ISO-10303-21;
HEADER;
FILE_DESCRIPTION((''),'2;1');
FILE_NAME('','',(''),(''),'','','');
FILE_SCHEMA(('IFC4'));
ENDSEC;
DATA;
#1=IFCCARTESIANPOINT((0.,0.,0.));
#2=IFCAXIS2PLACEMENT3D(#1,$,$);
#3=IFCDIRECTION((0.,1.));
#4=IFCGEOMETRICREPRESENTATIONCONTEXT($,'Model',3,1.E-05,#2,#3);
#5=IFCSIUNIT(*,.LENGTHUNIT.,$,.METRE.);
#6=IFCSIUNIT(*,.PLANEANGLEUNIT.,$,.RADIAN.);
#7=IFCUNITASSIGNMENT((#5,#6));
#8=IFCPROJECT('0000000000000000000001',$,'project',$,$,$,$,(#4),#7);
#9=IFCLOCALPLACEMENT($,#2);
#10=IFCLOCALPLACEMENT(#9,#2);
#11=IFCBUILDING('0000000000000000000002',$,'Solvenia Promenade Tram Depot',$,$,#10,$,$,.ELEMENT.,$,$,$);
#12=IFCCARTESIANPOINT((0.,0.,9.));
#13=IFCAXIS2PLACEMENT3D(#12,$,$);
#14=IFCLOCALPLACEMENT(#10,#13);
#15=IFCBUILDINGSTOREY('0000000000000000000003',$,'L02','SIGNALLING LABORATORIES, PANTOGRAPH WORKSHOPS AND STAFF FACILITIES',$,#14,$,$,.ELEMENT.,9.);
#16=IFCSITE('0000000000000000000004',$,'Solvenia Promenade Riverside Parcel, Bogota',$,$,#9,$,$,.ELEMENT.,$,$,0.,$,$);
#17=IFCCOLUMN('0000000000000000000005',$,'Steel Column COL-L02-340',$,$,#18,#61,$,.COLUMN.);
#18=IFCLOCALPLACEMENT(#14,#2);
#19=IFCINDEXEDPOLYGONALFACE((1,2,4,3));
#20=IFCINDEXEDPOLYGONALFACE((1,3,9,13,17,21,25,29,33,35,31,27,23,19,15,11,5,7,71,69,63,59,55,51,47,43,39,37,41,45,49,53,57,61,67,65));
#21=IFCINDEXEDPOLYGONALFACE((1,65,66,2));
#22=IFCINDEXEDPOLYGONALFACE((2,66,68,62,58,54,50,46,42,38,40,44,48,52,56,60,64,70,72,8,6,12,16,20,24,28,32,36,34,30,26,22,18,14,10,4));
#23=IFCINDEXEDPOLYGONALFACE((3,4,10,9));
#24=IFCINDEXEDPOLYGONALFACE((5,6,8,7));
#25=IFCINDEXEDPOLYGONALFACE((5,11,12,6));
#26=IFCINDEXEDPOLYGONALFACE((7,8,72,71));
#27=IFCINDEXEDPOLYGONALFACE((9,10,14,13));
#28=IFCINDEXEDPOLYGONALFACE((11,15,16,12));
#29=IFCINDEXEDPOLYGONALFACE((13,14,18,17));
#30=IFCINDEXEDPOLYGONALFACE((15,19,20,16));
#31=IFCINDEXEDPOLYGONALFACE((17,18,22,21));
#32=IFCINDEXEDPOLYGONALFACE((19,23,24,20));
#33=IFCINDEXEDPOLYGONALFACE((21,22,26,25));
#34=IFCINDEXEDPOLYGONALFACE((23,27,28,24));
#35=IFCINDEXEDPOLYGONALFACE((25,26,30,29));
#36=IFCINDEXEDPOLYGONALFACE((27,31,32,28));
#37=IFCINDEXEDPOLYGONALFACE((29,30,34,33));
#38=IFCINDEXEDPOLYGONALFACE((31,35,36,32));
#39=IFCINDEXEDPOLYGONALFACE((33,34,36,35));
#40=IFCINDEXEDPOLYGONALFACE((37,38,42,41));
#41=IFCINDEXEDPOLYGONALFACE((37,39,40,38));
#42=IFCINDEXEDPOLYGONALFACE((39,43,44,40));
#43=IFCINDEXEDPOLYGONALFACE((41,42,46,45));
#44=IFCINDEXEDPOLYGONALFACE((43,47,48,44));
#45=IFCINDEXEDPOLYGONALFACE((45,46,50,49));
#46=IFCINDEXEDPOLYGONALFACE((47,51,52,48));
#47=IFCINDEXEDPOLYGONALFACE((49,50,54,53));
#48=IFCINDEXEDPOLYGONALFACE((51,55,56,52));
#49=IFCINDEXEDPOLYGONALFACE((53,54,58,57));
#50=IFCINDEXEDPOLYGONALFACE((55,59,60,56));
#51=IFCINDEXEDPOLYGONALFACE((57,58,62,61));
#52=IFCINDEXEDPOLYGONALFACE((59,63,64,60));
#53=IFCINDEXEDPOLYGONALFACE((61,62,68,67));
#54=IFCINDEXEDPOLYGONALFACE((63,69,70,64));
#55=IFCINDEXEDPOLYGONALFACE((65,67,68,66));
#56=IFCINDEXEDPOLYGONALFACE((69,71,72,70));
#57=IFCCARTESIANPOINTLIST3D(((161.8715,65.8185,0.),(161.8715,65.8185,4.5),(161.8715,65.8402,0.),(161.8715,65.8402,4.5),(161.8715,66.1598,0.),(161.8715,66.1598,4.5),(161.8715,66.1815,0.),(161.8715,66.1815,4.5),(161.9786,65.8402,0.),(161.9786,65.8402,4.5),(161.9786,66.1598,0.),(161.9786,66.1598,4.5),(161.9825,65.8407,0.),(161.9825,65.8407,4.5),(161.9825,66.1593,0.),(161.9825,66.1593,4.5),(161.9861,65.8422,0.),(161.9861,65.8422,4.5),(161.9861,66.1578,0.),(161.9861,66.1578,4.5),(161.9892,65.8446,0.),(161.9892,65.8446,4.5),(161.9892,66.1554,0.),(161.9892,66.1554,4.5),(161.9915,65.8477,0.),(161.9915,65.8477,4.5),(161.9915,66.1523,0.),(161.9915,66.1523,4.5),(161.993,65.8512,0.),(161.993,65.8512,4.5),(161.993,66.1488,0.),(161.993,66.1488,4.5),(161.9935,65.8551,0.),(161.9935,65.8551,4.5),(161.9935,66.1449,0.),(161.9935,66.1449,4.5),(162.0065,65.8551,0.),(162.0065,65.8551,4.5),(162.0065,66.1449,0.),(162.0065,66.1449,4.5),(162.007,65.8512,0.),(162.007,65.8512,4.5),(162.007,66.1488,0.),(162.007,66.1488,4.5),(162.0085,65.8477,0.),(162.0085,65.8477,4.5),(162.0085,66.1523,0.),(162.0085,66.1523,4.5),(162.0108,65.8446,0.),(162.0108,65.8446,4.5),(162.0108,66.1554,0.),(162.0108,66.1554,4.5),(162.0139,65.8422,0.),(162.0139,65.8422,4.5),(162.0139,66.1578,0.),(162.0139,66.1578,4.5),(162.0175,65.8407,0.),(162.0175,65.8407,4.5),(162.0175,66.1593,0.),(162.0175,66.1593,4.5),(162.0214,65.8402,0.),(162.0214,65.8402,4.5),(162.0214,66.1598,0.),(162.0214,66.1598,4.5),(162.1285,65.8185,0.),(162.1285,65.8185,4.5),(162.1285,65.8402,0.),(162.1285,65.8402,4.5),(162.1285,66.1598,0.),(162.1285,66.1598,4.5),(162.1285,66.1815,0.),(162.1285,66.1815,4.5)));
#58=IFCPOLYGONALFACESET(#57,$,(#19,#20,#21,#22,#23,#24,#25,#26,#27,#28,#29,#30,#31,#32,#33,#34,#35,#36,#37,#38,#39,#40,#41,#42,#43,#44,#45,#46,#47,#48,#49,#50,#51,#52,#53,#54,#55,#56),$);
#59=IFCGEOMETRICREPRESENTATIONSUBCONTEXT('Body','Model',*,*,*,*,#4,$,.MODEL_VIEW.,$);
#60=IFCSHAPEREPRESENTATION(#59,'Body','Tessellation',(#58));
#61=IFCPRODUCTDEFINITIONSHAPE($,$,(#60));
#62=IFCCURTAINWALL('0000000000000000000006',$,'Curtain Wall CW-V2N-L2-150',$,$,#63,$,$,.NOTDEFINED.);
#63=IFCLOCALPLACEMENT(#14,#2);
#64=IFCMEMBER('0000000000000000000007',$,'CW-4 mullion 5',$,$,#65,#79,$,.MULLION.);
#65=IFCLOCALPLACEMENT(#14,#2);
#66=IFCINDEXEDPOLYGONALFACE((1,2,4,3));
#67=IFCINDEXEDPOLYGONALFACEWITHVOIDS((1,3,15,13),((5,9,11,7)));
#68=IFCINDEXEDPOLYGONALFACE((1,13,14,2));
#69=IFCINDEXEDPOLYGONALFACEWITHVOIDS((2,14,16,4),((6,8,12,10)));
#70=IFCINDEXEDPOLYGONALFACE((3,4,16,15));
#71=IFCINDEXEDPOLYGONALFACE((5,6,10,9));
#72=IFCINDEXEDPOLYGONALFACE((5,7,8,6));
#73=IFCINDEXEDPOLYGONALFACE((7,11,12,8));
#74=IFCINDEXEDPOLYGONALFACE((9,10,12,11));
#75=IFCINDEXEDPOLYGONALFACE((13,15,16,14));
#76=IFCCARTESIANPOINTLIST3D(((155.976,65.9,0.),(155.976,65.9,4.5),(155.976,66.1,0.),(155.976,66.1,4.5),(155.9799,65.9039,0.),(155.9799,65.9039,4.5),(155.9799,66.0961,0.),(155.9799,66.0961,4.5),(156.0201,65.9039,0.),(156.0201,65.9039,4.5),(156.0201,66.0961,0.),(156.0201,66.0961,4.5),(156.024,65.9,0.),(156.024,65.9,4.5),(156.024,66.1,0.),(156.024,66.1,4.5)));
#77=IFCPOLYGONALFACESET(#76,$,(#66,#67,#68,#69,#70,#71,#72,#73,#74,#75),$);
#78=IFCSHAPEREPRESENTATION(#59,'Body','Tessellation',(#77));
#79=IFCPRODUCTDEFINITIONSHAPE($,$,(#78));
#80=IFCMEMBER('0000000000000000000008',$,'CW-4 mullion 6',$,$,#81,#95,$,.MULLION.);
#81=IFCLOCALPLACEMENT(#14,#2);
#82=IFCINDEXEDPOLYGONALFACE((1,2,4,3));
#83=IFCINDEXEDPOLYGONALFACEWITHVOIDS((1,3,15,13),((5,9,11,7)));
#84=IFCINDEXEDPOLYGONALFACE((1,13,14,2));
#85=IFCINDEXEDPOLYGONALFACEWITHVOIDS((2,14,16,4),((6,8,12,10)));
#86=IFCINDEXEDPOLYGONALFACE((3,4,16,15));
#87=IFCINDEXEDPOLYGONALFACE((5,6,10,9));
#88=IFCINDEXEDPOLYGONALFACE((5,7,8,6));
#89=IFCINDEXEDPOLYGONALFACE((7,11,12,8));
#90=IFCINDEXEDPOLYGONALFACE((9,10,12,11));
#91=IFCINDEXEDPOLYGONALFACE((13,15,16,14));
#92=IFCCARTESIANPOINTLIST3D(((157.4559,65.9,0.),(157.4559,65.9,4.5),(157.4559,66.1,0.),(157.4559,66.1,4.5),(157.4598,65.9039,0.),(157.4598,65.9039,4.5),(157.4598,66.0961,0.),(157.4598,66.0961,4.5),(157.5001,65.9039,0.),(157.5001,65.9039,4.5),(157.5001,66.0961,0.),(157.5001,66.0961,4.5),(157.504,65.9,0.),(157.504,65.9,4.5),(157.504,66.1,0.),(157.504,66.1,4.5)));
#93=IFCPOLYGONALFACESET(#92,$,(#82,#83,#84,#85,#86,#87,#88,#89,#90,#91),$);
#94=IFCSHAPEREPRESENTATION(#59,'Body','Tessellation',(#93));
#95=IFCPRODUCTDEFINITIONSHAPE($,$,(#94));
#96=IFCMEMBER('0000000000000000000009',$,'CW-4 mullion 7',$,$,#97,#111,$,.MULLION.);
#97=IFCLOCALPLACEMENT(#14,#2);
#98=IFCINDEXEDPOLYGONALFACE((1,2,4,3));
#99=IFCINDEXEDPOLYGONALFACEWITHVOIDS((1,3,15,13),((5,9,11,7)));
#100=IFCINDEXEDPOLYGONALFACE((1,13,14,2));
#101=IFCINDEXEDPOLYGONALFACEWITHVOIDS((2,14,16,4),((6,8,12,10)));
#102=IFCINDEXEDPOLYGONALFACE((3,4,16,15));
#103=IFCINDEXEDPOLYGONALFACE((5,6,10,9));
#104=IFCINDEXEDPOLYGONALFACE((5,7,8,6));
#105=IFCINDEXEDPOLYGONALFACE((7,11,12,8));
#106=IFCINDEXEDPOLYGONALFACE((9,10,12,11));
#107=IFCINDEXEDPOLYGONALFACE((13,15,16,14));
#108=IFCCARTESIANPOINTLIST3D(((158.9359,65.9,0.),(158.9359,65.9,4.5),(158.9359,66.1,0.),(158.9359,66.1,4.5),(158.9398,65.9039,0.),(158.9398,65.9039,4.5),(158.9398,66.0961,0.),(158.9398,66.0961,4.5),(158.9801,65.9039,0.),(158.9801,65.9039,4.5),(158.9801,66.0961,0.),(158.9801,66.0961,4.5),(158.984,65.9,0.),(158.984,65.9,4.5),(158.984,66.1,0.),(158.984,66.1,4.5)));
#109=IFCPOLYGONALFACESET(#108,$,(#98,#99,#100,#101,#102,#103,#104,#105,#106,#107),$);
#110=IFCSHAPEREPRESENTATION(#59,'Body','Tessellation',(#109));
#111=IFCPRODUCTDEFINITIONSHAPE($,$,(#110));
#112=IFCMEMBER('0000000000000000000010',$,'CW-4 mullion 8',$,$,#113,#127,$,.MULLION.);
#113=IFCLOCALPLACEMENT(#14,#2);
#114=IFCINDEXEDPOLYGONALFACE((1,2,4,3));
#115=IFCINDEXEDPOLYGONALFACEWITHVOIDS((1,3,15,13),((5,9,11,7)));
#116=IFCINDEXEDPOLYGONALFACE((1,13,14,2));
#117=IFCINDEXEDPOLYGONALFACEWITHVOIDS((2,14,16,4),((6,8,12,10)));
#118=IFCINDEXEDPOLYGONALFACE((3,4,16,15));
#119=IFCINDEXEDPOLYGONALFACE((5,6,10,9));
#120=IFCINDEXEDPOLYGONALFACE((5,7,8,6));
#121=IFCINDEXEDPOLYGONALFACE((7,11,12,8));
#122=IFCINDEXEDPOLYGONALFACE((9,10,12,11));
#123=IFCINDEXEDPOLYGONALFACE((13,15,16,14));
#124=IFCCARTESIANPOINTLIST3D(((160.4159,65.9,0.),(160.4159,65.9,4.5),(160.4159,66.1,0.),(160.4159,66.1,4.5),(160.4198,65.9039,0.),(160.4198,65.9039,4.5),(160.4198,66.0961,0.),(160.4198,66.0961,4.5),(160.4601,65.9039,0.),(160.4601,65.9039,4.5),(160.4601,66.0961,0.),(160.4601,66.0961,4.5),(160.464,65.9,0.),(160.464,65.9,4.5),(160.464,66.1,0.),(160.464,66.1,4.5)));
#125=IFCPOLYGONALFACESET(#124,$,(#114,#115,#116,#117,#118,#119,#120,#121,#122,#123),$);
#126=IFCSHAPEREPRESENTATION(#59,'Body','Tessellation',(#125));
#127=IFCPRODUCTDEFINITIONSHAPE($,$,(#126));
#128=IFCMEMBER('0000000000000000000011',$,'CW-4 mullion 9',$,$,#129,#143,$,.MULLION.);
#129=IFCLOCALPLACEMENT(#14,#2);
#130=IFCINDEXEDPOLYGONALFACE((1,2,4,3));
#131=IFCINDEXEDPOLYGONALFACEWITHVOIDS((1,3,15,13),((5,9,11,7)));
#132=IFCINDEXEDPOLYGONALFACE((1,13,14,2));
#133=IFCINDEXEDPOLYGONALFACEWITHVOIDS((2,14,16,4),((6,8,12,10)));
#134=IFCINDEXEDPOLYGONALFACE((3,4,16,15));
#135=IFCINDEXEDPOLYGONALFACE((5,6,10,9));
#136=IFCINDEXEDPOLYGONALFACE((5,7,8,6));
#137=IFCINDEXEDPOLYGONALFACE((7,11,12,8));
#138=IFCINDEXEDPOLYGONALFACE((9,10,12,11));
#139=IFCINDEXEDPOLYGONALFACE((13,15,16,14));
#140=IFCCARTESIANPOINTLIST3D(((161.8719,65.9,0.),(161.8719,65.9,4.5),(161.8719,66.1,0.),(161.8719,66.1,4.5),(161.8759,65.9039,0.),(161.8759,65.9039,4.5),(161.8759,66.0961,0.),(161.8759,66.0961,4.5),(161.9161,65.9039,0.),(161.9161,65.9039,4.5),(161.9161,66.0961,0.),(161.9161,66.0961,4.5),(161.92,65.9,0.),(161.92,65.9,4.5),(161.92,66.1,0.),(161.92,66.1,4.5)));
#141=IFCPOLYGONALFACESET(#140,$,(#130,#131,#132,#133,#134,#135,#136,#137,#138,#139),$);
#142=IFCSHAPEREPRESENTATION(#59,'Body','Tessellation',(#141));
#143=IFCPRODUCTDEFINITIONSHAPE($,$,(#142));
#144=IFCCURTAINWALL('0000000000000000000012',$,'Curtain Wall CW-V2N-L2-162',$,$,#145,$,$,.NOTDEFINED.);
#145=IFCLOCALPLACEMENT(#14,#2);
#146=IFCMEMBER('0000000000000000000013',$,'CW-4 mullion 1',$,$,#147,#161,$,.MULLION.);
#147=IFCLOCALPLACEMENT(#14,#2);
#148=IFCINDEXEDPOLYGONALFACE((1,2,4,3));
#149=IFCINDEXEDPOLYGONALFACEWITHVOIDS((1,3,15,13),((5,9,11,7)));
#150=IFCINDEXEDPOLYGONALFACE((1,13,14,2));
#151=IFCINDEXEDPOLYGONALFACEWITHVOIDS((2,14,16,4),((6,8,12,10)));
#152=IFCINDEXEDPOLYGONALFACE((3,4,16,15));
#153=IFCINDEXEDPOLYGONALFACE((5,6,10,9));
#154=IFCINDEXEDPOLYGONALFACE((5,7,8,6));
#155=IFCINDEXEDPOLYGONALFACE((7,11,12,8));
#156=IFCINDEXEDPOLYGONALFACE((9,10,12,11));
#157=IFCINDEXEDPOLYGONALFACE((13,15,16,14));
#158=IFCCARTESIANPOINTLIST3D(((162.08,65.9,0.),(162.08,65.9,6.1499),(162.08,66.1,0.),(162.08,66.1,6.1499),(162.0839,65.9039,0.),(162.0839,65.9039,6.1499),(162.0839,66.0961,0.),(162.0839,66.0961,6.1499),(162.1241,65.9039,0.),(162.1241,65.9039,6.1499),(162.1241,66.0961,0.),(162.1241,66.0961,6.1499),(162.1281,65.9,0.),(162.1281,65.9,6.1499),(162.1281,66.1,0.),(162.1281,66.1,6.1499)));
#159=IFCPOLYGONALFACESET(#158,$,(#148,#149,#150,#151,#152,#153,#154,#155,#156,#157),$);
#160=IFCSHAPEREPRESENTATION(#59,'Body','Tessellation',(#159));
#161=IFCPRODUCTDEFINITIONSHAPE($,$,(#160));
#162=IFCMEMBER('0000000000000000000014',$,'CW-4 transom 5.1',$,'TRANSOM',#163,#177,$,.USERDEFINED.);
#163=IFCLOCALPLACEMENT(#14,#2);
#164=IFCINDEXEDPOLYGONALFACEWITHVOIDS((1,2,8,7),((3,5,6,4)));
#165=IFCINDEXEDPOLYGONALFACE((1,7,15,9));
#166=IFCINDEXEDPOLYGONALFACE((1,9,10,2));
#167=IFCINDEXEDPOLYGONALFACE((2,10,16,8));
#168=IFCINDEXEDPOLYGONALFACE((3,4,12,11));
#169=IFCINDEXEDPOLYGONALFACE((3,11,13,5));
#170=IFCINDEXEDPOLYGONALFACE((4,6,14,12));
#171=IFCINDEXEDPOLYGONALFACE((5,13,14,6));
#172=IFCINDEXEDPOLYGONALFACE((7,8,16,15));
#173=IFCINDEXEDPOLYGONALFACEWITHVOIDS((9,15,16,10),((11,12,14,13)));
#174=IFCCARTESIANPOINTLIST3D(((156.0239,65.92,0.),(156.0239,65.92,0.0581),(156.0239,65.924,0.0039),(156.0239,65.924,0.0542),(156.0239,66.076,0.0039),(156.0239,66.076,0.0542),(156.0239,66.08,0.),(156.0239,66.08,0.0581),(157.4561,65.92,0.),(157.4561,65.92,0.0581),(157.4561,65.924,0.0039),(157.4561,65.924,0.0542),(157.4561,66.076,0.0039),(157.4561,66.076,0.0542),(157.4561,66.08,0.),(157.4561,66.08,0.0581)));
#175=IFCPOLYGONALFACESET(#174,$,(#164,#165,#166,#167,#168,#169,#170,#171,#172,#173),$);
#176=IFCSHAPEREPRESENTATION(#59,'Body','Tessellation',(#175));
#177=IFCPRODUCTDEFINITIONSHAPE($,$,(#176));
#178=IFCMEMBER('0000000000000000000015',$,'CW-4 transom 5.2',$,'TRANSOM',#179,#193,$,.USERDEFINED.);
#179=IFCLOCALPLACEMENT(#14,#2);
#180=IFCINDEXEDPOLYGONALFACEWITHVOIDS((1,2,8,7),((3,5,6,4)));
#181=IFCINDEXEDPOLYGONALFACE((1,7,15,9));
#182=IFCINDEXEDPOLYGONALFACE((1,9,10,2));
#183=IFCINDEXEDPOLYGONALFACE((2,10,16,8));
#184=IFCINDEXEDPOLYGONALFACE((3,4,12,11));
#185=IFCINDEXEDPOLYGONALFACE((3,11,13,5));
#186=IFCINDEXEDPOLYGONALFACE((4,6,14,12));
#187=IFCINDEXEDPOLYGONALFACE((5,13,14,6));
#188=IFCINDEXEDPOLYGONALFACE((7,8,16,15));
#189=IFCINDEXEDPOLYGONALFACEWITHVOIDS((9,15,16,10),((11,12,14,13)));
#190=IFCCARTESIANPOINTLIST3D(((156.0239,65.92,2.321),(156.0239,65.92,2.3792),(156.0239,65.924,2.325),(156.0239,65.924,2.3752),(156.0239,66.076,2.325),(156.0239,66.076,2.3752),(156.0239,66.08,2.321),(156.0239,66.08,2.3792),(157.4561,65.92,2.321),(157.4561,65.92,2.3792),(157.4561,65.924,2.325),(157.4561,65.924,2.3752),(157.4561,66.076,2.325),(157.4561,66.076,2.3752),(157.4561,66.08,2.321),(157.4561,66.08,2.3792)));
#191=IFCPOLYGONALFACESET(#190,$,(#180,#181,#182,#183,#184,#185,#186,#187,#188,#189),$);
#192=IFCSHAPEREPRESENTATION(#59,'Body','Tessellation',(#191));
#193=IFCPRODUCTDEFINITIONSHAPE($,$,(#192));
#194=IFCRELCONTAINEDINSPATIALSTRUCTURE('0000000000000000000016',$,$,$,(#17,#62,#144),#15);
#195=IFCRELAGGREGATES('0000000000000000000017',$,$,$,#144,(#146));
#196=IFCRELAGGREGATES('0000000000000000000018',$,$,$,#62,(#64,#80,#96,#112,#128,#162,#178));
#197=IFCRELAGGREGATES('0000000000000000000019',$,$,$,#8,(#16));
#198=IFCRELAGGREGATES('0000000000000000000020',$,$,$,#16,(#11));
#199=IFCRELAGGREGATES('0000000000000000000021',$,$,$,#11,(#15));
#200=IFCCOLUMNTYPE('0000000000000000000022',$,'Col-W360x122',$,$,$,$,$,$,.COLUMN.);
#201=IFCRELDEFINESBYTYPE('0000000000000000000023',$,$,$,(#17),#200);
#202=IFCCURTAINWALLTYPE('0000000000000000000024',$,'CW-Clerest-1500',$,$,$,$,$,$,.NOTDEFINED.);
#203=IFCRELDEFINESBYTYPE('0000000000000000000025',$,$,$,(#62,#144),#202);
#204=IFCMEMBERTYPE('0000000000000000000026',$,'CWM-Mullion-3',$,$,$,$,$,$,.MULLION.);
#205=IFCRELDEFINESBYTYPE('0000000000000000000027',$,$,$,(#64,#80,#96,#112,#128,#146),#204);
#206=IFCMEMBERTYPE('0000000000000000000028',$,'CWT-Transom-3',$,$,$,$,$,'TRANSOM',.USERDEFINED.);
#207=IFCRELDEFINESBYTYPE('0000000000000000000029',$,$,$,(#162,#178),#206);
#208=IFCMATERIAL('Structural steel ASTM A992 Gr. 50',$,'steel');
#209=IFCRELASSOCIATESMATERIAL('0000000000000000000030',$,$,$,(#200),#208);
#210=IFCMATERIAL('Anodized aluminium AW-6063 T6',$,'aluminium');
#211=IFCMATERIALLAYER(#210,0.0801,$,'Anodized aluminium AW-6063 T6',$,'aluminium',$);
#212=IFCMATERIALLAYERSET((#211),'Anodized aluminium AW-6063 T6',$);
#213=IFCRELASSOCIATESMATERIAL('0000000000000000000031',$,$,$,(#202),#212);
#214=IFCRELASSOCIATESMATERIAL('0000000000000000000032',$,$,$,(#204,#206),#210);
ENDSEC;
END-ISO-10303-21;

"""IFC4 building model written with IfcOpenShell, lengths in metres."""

from ifc_helpers import new_model, si_unit, direction, frame, origin, origin_2d, place, context, subcontext, project, spatial, hollow_rectangle, i_section, extrude, material, layer, layer_set, material_profile, profile_set, type_object, element, aggregate, save


model = new_model("IFC4")

# Units and contexts
model_context = context("Model", 3, precision=1e-05, world=origin(), true_north=direction((0.0, 1.0)))
body_context = subcontext(model_context, "Body", "Model", "MODEL_VIEW")
ifc_project = project(units=[si_unit("LENGTHUNIT", "METRE"), si_unit("PLANEANGLEUNIT", "RADIAN")], contexts=[model_context])

# Site, building, storey
site_placement = place(None, origin())
site = spatial("IfcSite", under=ifc_project, at=site_placement, Name="Solvenia Promenade Riverside Parcel, Bogota", CompositionType="ELEMENT", RefElevation=0.0)
building_placement = place(site_placement, origin())
building = spatial("IfcBuilding", under=site, at=building_placement, Name="Solvenia Promenade Tram Depot", CompositionType="ELEMENT")
storey_placement = place(building_placement, frame((0.0, 0.0, 9.0)))
storey = spatial("IfcBuildingStorey", under=building, at=storey_placement, Name="L02", Description="SIGNALLING LABORATORIES, PANTOGRAPH WORKSHOPS AND STAFF FACILITIES", CompositionType="ELEMENT", Elevation=9.0)

# Column
ifc_material_1 = material(Name="Structural steel ASTM A992 Gr. 50", Category="steel")
ifc_material_profile_1 = material_profile(ifc_material_1, i_section(OverallWidth=0.2571, OverallDepth=0.363, WebThickness=0.0129, FlangeThickness=0.0217, FilletRadius=0.0149, at=origin_2d()), Name="W360x122", Category="steel")
ifc_profile_set_1 = profile_set([ifc_material_profile_1], Name="Structural steel ASTM A992 Gr. 50")
column_type = type_object("IfcColumnType", Name="Col-W360x122", PredefinedType="COLUMN", material=ifc_profile_set_1)
column_placement = place(storey_placement, frame((162.0, 66.0, 0.0), z_axis=(0.0, 0.0, 1.0), x_axis=(1.0, 0.0, 0.0)))
element("IfcColumn", 1, at=column_placement, inside=storey, type_object=column_type, Name="Steel Column COL-L02-340", PredefinedType="COLUMN", context=body_context, shape_type="SweptSolid", body=[
    extrude(i_section(OverallWidth=0.2571, OverallDepth=0.363, WebThickness=0.0129, FlangeThickness=0.0217, FilletRadius=0.0149, at=origin_2d()), origin(), (0.0, 0.0, 1.0), 4.5),
])

# Curtain wall, members
ifc_material_2 = material(Name="Anodized aluminium AW-6063 T6", Category="aluminium")
ifc_layer_1 = layer(ifc_material_2, 0.0801, Name="Anodized aluminium AW-6063 T6", Category="aluminium")
ifc_layer_set_1 = layer_set([ifc_layer_1], Name="Anodized aluminium AW-6063 T6")
curtain_wall_type = type_object("IfcCurtainWallType", Name="CW-Clerest-1500", PredefinedType="NOTDEFINED", material=ifc_layer_set_1)
curtain_wall_1_placement = place(storey_placement, origin())
curtain_wall_1 = element("IfcCurtainWall", 2, at=curtain_wall_1_placement, inside=storey, type_object=curtain_wall_type, Name="Curtain Wall CW-V2N-L2-150", PredefinedType="NOTDEFINED")
ifc_material_profile_2 = material_profile(ifc_material_2, hollow_rectangle(XDim=0.2, YDim=0.0481, WallThickness=0.0039, at=origin_2d()), Name="ALU-M3", Category="aluminium")
ifc_profile_set_2 = profile_set([ifc_material_profile_2], Name="Anodized aluminium AW-6063 T6")
member_type_1 = type_object("IfcMemberType", Name="CWM-Mullion-3", PredefinedType="MULLION", material=ifc_profile_set_2)
member_1_placement = place(storey_placement, frame((156.0, 66.0, 0.0), z_axis=(0.0, 0.0, 1.0), x_axis=(0.0, 1.0, 0.0)))
member_1 = element("IfcMember", 3, at=member_1_placement, type_object=member_type_1, Name="CW-4 mullion 5", PredefinedType="MULLION", context=body_context, shape_type="SweptSolid", body=[
    extrude(hollow_rectangle(XDim=0.2, YDim=0.0481, WallThickness=0.0039, at=origin_2d()), origin(), (0.0, 0.0, 1.0), 4.5),
])
member_2_placement = place(storey_placement, frame((157.48, 66.0, 0.0), z_axis=(0.0, 0.0, 1.0), x_axis=(0.0, 1.0, 0.0)))
member_2 = element("IfcMember", 4, at=member_2_placement, type_object=member_type_1, Name="CW-4 mullion 6", PredefinedType="MULLION", context=body_context, shape_type="SweptSolid", body=[
    extrude(hollow_rectangle(XDim=0.2, YDim=0.0481, WallThickness=0.0039, at=origin_2d()), origin(), (0.0, 0.0, 1.0), 4.5),
])
member_3_placement = place(storey_placement, frame((158.96, 66.0, 0.0), z_axis=(0.0, 0.0, 1.0), x_axis=(0.0, 1.0, 0.0)))
member_3 = element("IfcMember", 5, at=member_3_placement, type_object=member_type_1, Name="CW-4 mullion 7", PredefinedType="MULLION", context=body_context, shape_type="SweptSolid", body=[
    extrude(hollow_rectangle(XDim=0.2, YDim=0.0481, WallThickness=0.0039, at=origin_2d()), origin(), (0.0, 0.0, 1.0), 4.5),
])
member_4_placement = place(storey_placement, frame((160.4399, 66.0, 0.0), z_axis=(0.0, 0.0, 1.0), x_axis=(0.0, 1.0, 0.0)))
member_4 = element("IfcMember", 6, at=member_4_placement, type_object=member_type_1, Name="CW-4 mullion 8", PredefinedType="MULLION", context=body_context, shape_type="SweptSolid", body=[
    extrude(hollow_rectangle(XDim=0.2, YDim=0.0481, WallThickness=0.0039, at=origin_2d()), origin(), (0.0, 0.0, 1.0), 4.5),
])
member_5_placement = place(storey_placement, frame((161.896, 66.0, 0.0), z_axis=(0.0, 0.0, 1.0), x_axis=(0.0, 1.0, 0.0)))
member_5 = element("IfcMember", 7, at=member_5_placement, type_object=member_type_1, Name="CW-4 mullion 9", PredefinedType="MULLION", context=body_context, shape_type="SweptSolid", body=[
    extrude(hollow_rectangle(XDim=0.2, YDim=0.0481, WallThickness=0.0039, at=origin_2d()), origin(), (0.0, 0.0, 1.0), 4.5),
])

# Curtain wall, member
curtain_wall_2_placement = place(storey_placement, origin())
curtain_wall_2 = element("IfcCurtainWall", 8, at=curtain_wall_2_placement, inside=storey, type_object=curtain_wall_type, Name="Curtain Wall CW-V2N-L2-162", PredefinedType="NOTDEFINED")
member_6_placement = place(storey_placement, frame((162.104, 66.0, 0.0), z_axis=(0.0, 0.0, 1.0), x_axis=(0.0, 1.0, 0.0)))
member_6 = element("IfcMember", 9, at=member_6_placement, type_object=member_type_1, Name="CW-4 mullion 1", PredefinedType="MULLION", context=body_context, shape_type="SweptSolid", body=[
    extrude(hollow_rectangle(XDim=0.2, YDim=0.0481, WallThickness=0.0039, at=origin_2d()), origin(), (0.0, 0.0, 1.0), 6.1499),
])

# Members
ifc_material_profile_3 = material_profile(ifc_material_2, hollow_rectangle(XDim=0.1599, YDim=0.0581, WallThickness=0.0039, at=origin_2d()), Name="ALU-T3", Category="aluminium")
ifc_profile_set_3 = profile_set([ifc_material_profile_3], Name="Anodized aluminium AW-6063 T6")
member_type_2 = type_object("IfcMemberType", Name="CWT-Transom-3", ElementType="TRANSOM", PredefinedType="USERDEFINED", material=ifc_profile_set_3)
member_7_placement = place(storey_placement, frame((156.0239, 66.0, 0.0291), z_axis=(1.0, 0.0, 0.0), x_axis=(0.0, 1.0, 0.0)))
member_7 = element("IfcMember", 10, at=member_7_placement, type_object=member_type_2, Name="CW-4 transom 5.1", ObjectType="TRANSOM", PredefinedType="USERDEFINED", context=body_context, shape_type="SweptSolid", body=[
    extrude(hollow_rectangle(XDim=0.1599, YDim=0.0581, WallThickness=0.0039, at=origin_2d()), origin(), (0.0, 0.0, 1.0), 1.4321),
])
member_8_placement = place(storey_placement, frame((156.0239, 66.0, 2.3501), z_axis=(1.0, 0.0, 0.0), x_axis=(0.0, 1.0, 0.0)))
member_8 = element("IfcMember", 11, at=member_8_placement, type_object=member_type_2, Name="CW-4 transom 5.2", ObjectType="TRANSOM", PredefinedType="USERDEFINED", context=body_context, shape_type="SweptSolid", body=[
    extrude(hollow_rectangle(XDim=0.1599, YDim=0.0581, WallThickness=0.0039, at=origin_2d()), origin(), (0.0, 0.0, 1.0), 1.4321),
])
aggregate(curtain_wall_2, [member_6])

aggregate(curtain_wall_1, [member_1, member_2, member_3, member_4, member_5, member_7, member_8])

save(model, "model.ifc")
